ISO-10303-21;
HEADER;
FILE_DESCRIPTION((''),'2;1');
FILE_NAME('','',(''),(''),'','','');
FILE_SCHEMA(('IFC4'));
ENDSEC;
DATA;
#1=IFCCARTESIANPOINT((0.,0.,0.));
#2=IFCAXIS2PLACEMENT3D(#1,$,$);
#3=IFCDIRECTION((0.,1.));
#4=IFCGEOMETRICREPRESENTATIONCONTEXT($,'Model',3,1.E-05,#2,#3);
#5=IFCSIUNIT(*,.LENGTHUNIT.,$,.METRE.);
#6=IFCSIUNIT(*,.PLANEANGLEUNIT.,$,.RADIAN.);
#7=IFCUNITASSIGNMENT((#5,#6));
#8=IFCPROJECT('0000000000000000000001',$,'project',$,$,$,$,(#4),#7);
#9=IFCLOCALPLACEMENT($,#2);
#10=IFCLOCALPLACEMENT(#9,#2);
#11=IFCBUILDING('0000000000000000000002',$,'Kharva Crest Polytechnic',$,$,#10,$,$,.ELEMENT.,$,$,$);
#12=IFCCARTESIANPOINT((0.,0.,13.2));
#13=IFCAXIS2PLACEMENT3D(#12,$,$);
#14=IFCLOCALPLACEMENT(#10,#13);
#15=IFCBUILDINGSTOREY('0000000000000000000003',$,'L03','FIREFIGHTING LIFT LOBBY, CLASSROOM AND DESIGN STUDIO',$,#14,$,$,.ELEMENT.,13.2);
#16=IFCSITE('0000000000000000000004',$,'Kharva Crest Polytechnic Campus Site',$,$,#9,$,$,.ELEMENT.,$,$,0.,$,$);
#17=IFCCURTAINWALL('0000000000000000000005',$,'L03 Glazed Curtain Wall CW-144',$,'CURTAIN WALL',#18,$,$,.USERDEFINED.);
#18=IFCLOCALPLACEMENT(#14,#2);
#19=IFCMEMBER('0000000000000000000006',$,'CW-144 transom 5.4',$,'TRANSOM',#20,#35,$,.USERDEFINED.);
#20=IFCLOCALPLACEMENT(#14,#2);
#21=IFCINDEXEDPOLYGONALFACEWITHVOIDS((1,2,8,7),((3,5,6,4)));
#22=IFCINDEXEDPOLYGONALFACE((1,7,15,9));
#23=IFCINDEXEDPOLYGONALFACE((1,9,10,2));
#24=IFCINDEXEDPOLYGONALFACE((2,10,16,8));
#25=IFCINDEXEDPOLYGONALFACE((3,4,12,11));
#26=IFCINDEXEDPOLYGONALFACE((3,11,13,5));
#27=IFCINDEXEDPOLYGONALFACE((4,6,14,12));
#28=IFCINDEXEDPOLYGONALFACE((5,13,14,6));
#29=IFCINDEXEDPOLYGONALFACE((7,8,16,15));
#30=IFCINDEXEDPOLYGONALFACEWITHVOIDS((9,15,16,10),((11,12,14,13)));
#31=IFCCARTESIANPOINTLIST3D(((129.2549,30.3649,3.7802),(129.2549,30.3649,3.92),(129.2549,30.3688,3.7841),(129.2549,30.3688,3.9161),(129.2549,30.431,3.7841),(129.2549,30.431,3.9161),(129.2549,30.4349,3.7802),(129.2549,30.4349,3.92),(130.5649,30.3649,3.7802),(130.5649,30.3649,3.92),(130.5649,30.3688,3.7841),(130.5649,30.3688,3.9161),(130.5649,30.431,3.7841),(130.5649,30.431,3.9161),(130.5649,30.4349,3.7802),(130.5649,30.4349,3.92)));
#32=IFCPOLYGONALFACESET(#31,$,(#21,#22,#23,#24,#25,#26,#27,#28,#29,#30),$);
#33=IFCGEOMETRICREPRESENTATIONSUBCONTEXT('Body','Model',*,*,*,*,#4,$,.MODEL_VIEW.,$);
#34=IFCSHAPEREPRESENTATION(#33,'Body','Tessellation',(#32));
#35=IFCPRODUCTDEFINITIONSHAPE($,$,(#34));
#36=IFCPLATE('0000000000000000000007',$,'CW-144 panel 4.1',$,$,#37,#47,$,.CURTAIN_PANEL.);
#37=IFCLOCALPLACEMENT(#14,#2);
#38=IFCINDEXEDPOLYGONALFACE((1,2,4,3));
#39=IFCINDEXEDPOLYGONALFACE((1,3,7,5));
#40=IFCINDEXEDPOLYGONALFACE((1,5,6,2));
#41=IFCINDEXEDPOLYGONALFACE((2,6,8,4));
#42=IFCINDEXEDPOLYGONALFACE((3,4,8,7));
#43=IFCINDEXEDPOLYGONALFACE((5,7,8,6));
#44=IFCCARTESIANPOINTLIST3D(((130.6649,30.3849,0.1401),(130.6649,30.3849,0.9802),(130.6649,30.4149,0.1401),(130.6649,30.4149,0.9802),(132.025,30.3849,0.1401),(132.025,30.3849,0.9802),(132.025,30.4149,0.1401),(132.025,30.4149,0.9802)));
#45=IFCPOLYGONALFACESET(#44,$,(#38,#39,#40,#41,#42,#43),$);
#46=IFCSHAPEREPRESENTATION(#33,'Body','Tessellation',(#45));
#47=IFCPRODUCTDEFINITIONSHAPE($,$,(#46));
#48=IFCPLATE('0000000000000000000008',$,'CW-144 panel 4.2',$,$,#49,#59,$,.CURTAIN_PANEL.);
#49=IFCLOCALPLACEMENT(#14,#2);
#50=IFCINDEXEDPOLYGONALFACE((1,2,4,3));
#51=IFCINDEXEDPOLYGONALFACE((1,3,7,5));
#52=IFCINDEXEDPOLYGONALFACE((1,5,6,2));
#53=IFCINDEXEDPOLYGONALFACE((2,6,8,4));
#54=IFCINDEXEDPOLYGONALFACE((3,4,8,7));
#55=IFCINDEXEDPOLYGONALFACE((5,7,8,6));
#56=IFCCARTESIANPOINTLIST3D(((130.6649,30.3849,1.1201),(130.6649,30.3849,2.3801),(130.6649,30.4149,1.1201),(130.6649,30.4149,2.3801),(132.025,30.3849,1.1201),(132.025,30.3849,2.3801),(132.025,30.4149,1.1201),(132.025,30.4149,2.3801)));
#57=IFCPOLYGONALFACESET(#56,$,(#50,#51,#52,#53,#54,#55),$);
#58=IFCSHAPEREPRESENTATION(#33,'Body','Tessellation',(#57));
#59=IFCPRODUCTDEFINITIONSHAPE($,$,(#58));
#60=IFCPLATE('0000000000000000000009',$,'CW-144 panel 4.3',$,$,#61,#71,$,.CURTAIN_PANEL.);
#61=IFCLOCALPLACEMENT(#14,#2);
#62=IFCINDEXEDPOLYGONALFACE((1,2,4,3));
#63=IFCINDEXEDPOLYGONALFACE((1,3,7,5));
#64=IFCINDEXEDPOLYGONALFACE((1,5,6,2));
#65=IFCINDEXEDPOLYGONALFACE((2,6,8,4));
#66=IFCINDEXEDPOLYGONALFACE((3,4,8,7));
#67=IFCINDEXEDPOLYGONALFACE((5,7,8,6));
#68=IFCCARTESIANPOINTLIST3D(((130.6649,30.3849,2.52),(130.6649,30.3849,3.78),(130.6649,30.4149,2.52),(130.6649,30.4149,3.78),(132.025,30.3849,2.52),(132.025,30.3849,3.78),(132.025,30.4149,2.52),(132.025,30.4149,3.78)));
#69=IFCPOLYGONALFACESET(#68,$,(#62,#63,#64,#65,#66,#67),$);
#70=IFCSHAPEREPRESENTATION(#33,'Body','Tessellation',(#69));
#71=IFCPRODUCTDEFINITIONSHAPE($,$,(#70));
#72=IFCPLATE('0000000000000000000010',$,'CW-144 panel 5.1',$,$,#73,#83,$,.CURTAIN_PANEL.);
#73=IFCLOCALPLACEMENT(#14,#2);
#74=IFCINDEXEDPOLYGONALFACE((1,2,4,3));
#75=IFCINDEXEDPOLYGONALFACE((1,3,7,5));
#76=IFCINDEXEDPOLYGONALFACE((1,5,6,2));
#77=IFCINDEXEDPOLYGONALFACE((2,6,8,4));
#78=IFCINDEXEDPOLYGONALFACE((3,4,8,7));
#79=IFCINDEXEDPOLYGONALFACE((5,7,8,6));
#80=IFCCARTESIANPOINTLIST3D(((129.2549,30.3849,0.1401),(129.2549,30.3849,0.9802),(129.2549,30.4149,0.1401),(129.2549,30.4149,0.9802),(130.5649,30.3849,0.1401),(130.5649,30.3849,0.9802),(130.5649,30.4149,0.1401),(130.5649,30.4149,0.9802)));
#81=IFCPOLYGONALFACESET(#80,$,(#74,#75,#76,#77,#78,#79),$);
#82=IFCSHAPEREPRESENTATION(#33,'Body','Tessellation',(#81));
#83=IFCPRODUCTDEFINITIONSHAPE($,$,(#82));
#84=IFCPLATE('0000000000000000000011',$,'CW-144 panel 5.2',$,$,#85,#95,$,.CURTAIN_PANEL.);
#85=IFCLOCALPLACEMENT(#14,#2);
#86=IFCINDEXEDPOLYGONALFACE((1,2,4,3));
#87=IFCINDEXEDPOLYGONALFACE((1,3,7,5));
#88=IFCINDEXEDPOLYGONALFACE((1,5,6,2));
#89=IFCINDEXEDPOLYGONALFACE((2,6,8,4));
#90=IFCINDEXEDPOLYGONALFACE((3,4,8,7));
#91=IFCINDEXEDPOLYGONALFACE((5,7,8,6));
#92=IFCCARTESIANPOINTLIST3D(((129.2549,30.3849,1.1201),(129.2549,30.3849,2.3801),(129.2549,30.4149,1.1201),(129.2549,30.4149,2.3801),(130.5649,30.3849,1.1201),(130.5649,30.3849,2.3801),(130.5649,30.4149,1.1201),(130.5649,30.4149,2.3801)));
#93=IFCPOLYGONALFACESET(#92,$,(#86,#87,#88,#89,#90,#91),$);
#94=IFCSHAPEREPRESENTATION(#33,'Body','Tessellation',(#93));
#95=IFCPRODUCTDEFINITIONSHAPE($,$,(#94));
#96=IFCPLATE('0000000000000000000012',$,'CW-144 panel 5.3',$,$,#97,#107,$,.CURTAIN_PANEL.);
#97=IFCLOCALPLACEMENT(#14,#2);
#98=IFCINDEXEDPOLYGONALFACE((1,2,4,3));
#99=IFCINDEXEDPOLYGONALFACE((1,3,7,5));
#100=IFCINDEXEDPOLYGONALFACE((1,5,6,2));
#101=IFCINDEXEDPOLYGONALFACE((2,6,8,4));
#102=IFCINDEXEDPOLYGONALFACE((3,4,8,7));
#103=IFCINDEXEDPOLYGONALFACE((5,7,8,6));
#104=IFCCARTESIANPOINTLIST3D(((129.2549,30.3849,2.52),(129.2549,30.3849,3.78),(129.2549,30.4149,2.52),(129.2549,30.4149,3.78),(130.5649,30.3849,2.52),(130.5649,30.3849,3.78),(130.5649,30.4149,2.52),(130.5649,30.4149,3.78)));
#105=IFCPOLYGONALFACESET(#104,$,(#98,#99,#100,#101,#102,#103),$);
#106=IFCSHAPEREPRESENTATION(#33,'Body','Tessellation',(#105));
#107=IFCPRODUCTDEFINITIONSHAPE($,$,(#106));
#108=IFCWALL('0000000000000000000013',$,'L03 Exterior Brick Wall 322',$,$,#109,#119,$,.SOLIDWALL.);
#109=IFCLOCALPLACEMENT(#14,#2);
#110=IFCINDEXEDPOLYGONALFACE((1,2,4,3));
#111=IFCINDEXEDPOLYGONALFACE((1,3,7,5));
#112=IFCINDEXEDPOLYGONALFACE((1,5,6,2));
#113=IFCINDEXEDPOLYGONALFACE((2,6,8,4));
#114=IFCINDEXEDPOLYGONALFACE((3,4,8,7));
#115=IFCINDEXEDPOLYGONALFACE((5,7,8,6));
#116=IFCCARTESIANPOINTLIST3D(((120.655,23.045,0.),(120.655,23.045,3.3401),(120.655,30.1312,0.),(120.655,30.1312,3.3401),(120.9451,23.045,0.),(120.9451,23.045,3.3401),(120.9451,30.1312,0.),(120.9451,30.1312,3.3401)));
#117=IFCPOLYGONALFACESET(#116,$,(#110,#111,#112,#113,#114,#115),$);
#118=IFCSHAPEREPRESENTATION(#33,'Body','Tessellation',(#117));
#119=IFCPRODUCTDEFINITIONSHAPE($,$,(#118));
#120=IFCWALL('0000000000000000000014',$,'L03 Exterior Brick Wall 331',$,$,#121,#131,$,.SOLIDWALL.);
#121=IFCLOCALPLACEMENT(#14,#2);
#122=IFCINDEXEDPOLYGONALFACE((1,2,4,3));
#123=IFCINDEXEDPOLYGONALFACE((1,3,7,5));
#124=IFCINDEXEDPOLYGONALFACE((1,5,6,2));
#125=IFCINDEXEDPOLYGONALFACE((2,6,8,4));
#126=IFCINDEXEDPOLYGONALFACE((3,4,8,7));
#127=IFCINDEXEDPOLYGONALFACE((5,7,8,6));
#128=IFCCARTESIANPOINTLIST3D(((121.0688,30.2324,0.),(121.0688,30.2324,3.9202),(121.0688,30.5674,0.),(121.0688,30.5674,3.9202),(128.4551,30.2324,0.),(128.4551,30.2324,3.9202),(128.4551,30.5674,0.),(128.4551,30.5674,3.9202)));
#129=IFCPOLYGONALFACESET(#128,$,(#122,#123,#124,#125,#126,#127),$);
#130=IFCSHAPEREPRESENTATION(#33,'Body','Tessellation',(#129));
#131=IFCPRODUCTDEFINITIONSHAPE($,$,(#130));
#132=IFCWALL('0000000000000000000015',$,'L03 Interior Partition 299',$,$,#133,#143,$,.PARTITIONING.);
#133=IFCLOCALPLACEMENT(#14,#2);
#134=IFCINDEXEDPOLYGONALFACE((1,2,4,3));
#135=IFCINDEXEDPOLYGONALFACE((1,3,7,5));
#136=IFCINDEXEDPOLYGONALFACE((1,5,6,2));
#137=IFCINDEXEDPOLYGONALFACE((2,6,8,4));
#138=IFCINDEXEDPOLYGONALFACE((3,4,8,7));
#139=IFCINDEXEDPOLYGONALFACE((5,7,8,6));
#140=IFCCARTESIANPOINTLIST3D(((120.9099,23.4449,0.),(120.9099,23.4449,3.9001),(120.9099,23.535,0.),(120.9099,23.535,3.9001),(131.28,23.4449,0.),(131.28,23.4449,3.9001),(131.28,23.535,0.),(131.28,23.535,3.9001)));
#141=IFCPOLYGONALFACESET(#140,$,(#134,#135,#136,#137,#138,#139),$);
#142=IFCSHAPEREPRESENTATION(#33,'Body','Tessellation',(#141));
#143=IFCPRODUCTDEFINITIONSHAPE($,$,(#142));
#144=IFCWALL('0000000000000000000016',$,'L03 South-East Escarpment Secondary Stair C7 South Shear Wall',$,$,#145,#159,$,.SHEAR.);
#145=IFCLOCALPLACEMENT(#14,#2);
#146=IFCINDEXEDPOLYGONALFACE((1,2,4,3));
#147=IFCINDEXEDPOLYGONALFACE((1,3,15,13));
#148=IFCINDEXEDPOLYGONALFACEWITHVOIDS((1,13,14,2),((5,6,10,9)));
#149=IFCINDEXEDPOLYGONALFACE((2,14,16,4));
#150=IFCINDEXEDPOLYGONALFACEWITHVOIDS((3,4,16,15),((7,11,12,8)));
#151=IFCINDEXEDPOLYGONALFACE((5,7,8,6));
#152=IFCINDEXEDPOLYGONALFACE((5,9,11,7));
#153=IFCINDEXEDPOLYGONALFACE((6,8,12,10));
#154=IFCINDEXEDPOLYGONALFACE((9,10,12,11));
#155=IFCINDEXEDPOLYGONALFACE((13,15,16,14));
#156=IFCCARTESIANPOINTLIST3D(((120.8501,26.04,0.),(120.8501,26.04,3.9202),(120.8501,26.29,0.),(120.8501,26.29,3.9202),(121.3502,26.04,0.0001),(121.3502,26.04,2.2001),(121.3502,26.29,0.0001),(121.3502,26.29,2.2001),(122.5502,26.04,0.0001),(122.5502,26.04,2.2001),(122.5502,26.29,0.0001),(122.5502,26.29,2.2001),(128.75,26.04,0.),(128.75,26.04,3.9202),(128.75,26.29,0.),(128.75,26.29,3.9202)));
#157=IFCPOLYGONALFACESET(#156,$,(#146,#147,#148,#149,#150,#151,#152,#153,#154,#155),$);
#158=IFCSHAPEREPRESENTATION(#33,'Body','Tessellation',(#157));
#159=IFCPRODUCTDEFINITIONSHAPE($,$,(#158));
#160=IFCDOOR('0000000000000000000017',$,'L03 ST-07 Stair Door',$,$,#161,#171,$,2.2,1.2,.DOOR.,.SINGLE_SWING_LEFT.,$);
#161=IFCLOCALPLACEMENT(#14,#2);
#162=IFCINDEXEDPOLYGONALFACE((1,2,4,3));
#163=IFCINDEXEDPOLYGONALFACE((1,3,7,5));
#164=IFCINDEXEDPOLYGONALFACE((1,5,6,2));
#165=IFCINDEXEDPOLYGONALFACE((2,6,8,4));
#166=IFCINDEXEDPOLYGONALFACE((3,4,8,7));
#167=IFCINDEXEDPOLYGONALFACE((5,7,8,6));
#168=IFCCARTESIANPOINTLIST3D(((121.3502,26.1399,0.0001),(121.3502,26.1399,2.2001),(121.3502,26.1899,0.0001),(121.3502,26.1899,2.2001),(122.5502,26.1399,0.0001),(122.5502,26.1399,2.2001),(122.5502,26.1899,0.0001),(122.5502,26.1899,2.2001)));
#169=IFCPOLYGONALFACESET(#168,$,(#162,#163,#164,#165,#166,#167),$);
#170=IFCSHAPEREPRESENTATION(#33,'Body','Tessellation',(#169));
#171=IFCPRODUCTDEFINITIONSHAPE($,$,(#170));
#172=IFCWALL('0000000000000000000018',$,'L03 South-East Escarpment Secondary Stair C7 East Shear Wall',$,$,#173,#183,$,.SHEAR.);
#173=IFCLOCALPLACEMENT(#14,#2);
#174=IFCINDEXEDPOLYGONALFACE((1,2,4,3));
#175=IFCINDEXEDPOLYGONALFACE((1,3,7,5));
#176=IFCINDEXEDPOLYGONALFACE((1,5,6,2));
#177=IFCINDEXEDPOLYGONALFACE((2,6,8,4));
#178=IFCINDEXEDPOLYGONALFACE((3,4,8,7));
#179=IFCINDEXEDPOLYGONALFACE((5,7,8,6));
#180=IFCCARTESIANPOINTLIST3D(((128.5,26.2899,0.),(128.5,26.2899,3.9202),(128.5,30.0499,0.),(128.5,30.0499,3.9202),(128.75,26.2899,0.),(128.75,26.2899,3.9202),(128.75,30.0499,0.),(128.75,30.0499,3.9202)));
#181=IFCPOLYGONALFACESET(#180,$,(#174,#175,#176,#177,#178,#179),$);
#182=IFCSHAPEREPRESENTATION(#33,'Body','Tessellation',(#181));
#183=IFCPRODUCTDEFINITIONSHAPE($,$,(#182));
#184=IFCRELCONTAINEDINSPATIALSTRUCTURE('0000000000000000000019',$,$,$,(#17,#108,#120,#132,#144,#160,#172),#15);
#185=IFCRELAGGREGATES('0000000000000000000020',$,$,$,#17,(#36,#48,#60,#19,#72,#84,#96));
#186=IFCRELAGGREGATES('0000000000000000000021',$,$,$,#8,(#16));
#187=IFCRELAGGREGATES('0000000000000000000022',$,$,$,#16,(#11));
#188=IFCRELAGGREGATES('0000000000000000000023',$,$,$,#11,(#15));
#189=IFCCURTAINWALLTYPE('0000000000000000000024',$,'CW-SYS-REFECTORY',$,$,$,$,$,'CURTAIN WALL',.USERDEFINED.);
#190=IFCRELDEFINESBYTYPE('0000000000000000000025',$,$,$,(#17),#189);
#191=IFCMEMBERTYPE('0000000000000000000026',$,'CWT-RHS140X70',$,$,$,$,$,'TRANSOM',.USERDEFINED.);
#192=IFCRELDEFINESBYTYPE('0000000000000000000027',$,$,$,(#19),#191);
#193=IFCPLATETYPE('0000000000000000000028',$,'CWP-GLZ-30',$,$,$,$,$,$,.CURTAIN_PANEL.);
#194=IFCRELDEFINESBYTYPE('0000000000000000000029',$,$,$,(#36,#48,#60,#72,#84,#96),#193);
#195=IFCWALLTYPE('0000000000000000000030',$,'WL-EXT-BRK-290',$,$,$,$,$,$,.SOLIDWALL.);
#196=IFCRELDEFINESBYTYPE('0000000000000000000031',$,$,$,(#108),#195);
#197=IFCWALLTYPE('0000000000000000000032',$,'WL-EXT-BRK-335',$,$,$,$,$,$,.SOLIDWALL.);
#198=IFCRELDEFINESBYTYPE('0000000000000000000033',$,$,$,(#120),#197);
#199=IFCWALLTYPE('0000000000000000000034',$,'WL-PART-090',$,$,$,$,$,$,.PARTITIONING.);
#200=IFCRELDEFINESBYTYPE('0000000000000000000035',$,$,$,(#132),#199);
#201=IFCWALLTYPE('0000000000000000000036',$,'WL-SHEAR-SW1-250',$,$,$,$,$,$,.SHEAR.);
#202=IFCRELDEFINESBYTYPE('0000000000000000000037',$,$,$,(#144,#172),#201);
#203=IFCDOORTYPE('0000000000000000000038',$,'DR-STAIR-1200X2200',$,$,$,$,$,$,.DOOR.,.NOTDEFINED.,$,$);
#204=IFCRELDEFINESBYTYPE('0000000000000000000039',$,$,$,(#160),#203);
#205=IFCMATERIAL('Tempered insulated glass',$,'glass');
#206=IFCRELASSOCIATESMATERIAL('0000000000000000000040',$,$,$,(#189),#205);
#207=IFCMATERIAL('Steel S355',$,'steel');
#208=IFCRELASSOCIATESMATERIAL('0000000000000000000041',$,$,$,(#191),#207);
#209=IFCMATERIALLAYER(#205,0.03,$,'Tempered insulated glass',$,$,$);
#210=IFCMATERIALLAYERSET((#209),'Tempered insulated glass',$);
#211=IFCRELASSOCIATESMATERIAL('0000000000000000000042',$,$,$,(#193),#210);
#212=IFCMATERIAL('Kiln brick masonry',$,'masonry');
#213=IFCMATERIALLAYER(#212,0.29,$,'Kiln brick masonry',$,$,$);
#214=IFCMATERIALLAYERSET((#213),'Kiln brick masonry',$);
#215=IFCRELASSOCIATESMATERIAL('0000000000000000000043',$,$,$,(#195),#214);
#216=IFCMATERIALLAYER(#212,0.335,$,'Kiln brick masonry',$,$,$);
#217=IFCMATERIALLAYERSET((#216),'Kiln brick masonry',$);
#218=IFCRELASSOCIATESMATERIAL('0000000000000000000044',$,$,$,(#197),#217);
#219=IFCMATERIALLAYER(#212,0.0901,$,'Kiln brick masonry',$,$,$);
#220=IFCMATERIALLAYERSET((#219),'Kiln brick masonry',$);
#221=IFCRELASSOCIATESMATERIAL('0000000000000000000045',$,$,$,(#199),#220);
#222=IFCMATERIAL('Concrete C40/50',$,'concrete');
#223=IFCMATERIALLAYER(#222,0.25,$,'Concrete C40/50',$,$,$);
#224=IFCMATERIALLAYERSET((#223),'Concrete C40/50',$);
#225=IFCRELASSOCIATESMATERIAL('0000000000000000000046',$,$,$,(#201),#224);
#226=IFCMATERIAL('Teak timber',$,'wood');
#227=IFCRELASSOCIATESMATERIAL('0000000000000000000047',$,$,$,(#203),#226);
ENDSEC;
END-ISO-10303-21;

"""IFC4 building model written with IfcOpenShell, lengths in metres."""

from ifc_helpers import new_model, si_unit, direction, frame, frame_2d, origin, origin_2d, place, context, subcontext, project, spatial, rectangle, hollow_rectangle, extrude, material, layer, layer_set, material_profile, profile_set, type_object, element, fill, aggregate, save


model = new_model("IFC4")

# Units and contexts
model_context = context("Model", 3, precision=1e-05, world=origin(), true_north=direction((0.0, 1.0)))
body_context = subcontext(model_context, "Body", "Model", "MODEL_VIEW")
ifc_project = project(units=[si_unit("LENGTHUNIT", "METRE"), si_unit("PLANEANGLEUNIT", "RADIAN")], contexts=[model_context])

# Site, building, storey
site_placement = place(None, origin())
site = spatial("IfcSite", under=ifc_project, at=site_placement, Name="Kharva Crest Polytechnic Campus Site", CompositionType="ELEMENT", RefElevation=0.0)
building_placement = place(site_placement, origin())
building = spatial("IfcBuilding", under=site, at=building_placement, Name="Kharva Crest Polytechnic", CompositionType="ELEMENT")
storey_placement = place(building_placement, frame((0.0, 0.0, 13.2)))
storey = spatial("IfcBuildingStorey", under=building, at=storey_placement, Name="L03", Description="FIREFIGHTING LIFT LOBBY, CLASSROOM AND DESIGN STUDIO", CompositionType="ELEMENT", Elevation=13.2)

# Shared definitions
ifc_material_1 = material(Name="Concrete C40/50", Category="concrete")

# Curtain wall, member, plates
ifc_material_2 = material(Name="Tempered insulated glass", Category="glass")
curtain_wall_type = type_object("IfcCurtainWallType", Name="CW-SYS-REFECTORY", ElementType="CURTAIN WALL", PredefinedType="USERDEFINED", material=ifc_material_2)
curtain_wall_placement = place(storey_placement, origin())
curtain_wall = element("IfcCurtainWall", 1, at=curtain_wall_placement, inside=storey, type_object=curtain_wall_type, Name="L03 Glazed Curtain Wall CW-144", ObjectType="CURTAIN WALL", PredefinedType="USERDEFINED")
ifc_material_3 = material(Name="Steel S355", Category="steel")
ifc_material_profile_1 = material_profile(ifc_material_3, hollow_rectangle(XDim=0.0701, YDim=0.1399, WallThickness=0.0039, at=origin_2d()), Name="RHS 140X70X4.0")
ifc_profile_set_1 = profile_set([ifc_material_profile_1], Name="Steel S355")
member_type_1 = type_object("IfcMemberType", Name="CWT-RHS140X70", ElementType="TRANSOM", PredefinedType="USERDEFINED", material=ifc_profile_set_1)
member_1_placement = place(storey_placement, frame((130.5649, 30.3999, 3.8501), z_axis=(-1.0, 0.0, 0.0), x_axis=(0.0, -1.0, 0.0)))
member_1 = element("IfcMember", 2, at=member_1_placement, type_object=member_type_1, Name="CW-144 transom 5.4", ObjectType="TRANSOM", PredefinedType="USERDEFINED", context=body_context, shape_type="SweptSolid", body=[
    extrude(hollow_rectangle(XDim=0.0701, YDim=0.1399, WallThickness=0.0039, at=origin_2d()), origin(), (0.0, 0.0, 1.0), 1.3101),
])
ifc_layer_1 = layer(ifc_material_2, 0.03, Name="Tempered insulated glass")
ifc_layer_set_1 = layer_set([ifc_layer_1], Name="Tempered insulated glass")
plate_type = type_object("IfcPlateType", Name="CWP-GLZ-30", PredefinedType="CURTAIN_PANEL", material=ifc_layer_set_1)
plate_1_placement = place(storey_placement, frame((131.345, 30.3999, 0.1401), z_axis=(0.0, 0.0, 1.0), x_axis=(-1.0, 0.0, 0.0)))
plate_1 = element("IfcPlate", 3, at=plate_1_placement, type_object=plate_type, Name="CW-144 panel 4.1", PredefinedType="CURTAIN_PANEL", context=body_context, shape_type="SweptSolid", body=[
    extrude(rectangle(XDim=1.3601, YDim=0.03, at=origin_2d()), origin(), (0.0, 0.0, 1.0), 0.8401),
])
plate_2_placement = place(storey_placement, frame((131.345, 30.3999, 1.1201), z_axis=(0.0, 0.0, 1.0), x_axis=(-1.0, 0.0, 0.0)))
plate_2 = element("IfcPlate", 4, at=plate_2_placement, type_object=plate_type, Name="CW-144 panel 4.2", PredefinedType="CURTAIN_PANEL", context=body_context, shape_type="SweptSolid", body=[
    extrude(rectangle(XDim=1.3601, YDim=0.03, at=origin_2d()), origin(), (0.0, 0.0, 1.0), 1.26),
])
plate_3_placement = place(storey_placement, frame((131.345, 30.3999, 2.52), z_axis=(0.0, 0.0, 1.0), x_axis=(-1.0, 0.0, 0.0)))
plate_3 = element("IfcPlate", 5, at=plate_3_placement, type_object=plate_type, Name="CW-144 panel 4.3", PredefinedType="CURTAIN_PANEL", context=body_context, shape_type="SweptSolid", body=[
    extrude(rectangle(XDim=1.3601, YDim=0.03, at=origin_2d()), origin(), (0.0, 0.0, 1.0), 1.26),
])
plate_4_placement = place(storey_placement, frame((129.9099, 30.3999, 0.1401), z_axis=(0.0, 0.0, 1.0), x_axis=(-1.0, 0.0, 0.0)))
plate_4 = element("IfcPlate", 6, at=plate_4_placement, type_object=plate_type, Name="CW-144 panel 5.1", PredefinedType="CURTAIN_PANEL", context=body_context, shape_type="SweptSolid", body=[
    extrude(rectangle(XDim=1.3101, YDim=0.03, at=origin_2d()), origin(), (0.0, 0.0, 1.0), 0.8401),
])
plate_5_placement = place(storey_placement, frame((129.9099, 30.3999, 1.1201), z_axis=(0.0, 0.0, 1.0), x_axis=(-1.0, 0.0, 0.0)))
plate_5 = element("IfcPlate", 7, at=plate_5_placement, type_object=plate_type, Name="CW-144 panel 5.2", PredefinedType="CURTAIN_PANEL", context=body_context, shape_type="SweptSolid", body=[
    extrude(rectangle(XDim=1.3101, YDim=0.03, at=origin_2d()), origin(), (0.0, 0.0, 1.0), 1.26),
])
plate_6_placement = place(storey_placement, frame((129.9099, 30.3999, 2.52), z_axis=(0.0, 0.0, 1.0), x_axis=(-1.0, 0.0, 0.0)))
plate_6 = element("IfcPlate", 8, at=plate_6_placement, type_object=plate_type, Name="CW-144 panel 5.3", PredefinedType="CURTAIN_PANEL", context=body_context, shape_type="SweptSolid", body=[
    extrude(rectangle(XDim=1.3101, YDim=0.03, at=origin_2d()), origin(), (0.0, 0.0, 1.0), 1.26),
])
aggregate(curtain_wall, [plate_1, plate_2, plate_3, member_1, plate_4, plate_5, plate_6])

# Walls
ifc_material_4 = material(Name="Kiln brick masonry", Category="masonry")
ifc_layer_2 = layer(ifc_material_4, 0.29, Name="Kiln brick masonry")
ifc_layer_set_2 = layer_set([ifc_layer_2], Name="Kiln brick masonry")
wall_type_1 = type_object("IfcWallType", Name="WL-EXT-BRK-290", PredefinedType="SOLIDWALL", material=ifc_layer_set_2)
wall_1_placement = place(storey_placement, frame((120.8, 30.1311, 0.0), z_axis=(0.0, 0.0, 1.0), x_axis=(0.0, -1.0, 0.0)))
element("IfcWall", 9, at=wall_1_placement, inside=storey, type_object=wall_type_1, Name="L03 Exterior Brick Wall 322", PredefinedType="SOLIDWALL", context=body_context, shape_type="SweptSolid", body=[
    extrude(rectangle(XDim=7.0862, YDim=0.29, at=frame_2d((3.543, 0.0))), origin(), (0.0, 0.0, 1.0), 3.3401),
])
ifc_layer_3 = layer(ifc_material_4, 0.335, Name="Kiln brick masonry")
ifc_layer_set_3 = layer_set([ifc_layer_3], Name="Kiln brick masonry")
wall_type_2 = type_object("IfcWallType", Name="WL-EXT-BRK-335", PredefinedType="SOLIDWALL", material=ifc_layer_set_3)
wall_2_placement = place(storey_placement, frame((128.4551, 30.3999, 0.0), z_axis=(0.0, 0.0, 1.0), x_axis=(-1.0, 0.0, 0.0)))
element("IfcWall", 10, at=wall_2_placement, inside=storey, type_object=wall_type_2, Name="L03 Exterior Brick Wall 331", PredefinedType="SOLIDWALL", context=body_context, shape_type="SweptSolid", body=[
    extrude(rectangle(XDim=7.3862, YDim=0.335, at=frame_2d((3.6931, 0.0))), origin(), (0.0, 0.0, 1.0), 3.9202),
])
ifc_layer_4 = layer(ifc_material_4, 0.0901, Name="Kiln brick masonry")
ifc_layer_set_4 = layer_set([ifc_layer_4], Name="Kiln brick masonry")
wall_type_3 = type_object("IfcWallType", Name="WL-PART-090", PredefinedType="PARTITIONING", material=ifc_layer_set_4)
wall_3_placement = place(storey_placement, frame((120.9099, 23.49, 0.0), z_axis=(0.0, 0.0, 1.0), x_axis=(1.0, 0.0, 0.0)))
element("IfcWall", 11, at=wall_3_placement, inside=storey, type_object=wall_type_3, Name="L03 Interior Partition 299", PredefinedType="PARTITIONING", context=body_context, shape_type="SweptSolid", body=[
    extrude(rectangle(XDim=10.3701, YDim=0.0901, at=frame_2d((5.1851, 0.0))), origin(), (0.0, 0.0, 1.0), 3.9001),
])

# Wall, opening, door
ifc_layer_5 = layer(ifc_material_1, 0.25, Name="Concrete C40/50")
ifc_layer_set_5 = layer_set([ifc_layer_5], Name="Concrete C40/50")
wall_type_4 = type_object("IfcWallType", Name="WL-SHEAR-SW1-250", PredefinedType="SHEAR", material=ifc_layer_set_5)
wall_4_placement = place(storey_placement, frame((120.8501, 26.165, 0.0), z_axis=(0.0, 0.0, 1.0), x_axis=(1.0, 0.0, 0.0)))
wall_4 = element("IfcWall", 12, at=wall_4_placement, inside=storey, type_object=wall_type_4, Name="L03 South-East Escarpment Secondary Stair C7 South Shear Wall", PredefinedType="SHEAR", context=body_context, shape_type="SweptSolid", body=[
    extrude(rectangle(XDim=7.8999, YDim=0.25, at=frame_2d((3.95, 0.0))), origin(), (0.0, 0.0, 1.0), 3.9202),
])
opening_placement = place(wall_4_placement, frame((0.5, 0.0, 0.0)))
opening = element("IfcOpeningElement", 13, at=opening_placement, cuts=wall_4, PredefinedType="OPENING", context=body_context, shape_type="SweptSolid", body=[
    extrude(rectangle(XDim=1.2, YDim=2.2, at=frame_2d((0.6001, 1.1001))), frame((0.0, 0.135, 0.0), z_axis=(0.0, -1.0, 0.0), x_axis=(1.0, 0.0, 0.0)), (0.0, 0.0, 1.0), 0.27),
])
ifc_material_5 = material(Name="Teak timber", Category="wood")
door_type = type_object("IfcDoorType", Name="DR-STAIR-1200X2200", OperationType="NOTDEFINED", PredefinedType="DOOR", material=ifc_material_5)
door_placement = place(opening_placement, origin())
door = element("IfcDoor", 14, at=door_placement, inside=storey, type_object=door_type, Name="L03 ST-07 Stair Door", OperationType="SINGLE_SWING_LEFT", OverallHeight=2.2, OverallWidth=1.2, PredefinedType="DOOR", context=body_context, shape_type="SweptSolid", body=[
    extrude(rectangle(XDim=1.2, YDim=2.2, at=frame_2d((0.6001, 1.1001))), frame((0.0, 0.0249, 0.0), z_axis=(0.0, -1.0, 0.0), x_axis=(1.0, 0.0, 0.0)), (0.0, 0.0, 1.0), 0.05),
])
fill(opening, door)

# Wall
wall_5_placement = place(storey_placement, frame((128.625, 26.29, 0.0), z_axis=(0.0, 0.0, 1.0), x_axis=(0.0, 1.0, 0.0)))
element("IfcWall", 15, at=wall_5_placement, inside=storey, type_object=wall_type_4, Name="L03 South-East Escarpment Secondary Stair C7 East Shear Wall", PredefinedType="SHEAR", context=body_context, shape_type="SweptSolid", body=[
    extrude(rectangle(XDim=3.76, YDim=0.25, at=frame_2d((1.8799, 0.0))), origin(), (0.0, 0.0, 1.0), 3.9202),
])

save(model, "model.ifc")
